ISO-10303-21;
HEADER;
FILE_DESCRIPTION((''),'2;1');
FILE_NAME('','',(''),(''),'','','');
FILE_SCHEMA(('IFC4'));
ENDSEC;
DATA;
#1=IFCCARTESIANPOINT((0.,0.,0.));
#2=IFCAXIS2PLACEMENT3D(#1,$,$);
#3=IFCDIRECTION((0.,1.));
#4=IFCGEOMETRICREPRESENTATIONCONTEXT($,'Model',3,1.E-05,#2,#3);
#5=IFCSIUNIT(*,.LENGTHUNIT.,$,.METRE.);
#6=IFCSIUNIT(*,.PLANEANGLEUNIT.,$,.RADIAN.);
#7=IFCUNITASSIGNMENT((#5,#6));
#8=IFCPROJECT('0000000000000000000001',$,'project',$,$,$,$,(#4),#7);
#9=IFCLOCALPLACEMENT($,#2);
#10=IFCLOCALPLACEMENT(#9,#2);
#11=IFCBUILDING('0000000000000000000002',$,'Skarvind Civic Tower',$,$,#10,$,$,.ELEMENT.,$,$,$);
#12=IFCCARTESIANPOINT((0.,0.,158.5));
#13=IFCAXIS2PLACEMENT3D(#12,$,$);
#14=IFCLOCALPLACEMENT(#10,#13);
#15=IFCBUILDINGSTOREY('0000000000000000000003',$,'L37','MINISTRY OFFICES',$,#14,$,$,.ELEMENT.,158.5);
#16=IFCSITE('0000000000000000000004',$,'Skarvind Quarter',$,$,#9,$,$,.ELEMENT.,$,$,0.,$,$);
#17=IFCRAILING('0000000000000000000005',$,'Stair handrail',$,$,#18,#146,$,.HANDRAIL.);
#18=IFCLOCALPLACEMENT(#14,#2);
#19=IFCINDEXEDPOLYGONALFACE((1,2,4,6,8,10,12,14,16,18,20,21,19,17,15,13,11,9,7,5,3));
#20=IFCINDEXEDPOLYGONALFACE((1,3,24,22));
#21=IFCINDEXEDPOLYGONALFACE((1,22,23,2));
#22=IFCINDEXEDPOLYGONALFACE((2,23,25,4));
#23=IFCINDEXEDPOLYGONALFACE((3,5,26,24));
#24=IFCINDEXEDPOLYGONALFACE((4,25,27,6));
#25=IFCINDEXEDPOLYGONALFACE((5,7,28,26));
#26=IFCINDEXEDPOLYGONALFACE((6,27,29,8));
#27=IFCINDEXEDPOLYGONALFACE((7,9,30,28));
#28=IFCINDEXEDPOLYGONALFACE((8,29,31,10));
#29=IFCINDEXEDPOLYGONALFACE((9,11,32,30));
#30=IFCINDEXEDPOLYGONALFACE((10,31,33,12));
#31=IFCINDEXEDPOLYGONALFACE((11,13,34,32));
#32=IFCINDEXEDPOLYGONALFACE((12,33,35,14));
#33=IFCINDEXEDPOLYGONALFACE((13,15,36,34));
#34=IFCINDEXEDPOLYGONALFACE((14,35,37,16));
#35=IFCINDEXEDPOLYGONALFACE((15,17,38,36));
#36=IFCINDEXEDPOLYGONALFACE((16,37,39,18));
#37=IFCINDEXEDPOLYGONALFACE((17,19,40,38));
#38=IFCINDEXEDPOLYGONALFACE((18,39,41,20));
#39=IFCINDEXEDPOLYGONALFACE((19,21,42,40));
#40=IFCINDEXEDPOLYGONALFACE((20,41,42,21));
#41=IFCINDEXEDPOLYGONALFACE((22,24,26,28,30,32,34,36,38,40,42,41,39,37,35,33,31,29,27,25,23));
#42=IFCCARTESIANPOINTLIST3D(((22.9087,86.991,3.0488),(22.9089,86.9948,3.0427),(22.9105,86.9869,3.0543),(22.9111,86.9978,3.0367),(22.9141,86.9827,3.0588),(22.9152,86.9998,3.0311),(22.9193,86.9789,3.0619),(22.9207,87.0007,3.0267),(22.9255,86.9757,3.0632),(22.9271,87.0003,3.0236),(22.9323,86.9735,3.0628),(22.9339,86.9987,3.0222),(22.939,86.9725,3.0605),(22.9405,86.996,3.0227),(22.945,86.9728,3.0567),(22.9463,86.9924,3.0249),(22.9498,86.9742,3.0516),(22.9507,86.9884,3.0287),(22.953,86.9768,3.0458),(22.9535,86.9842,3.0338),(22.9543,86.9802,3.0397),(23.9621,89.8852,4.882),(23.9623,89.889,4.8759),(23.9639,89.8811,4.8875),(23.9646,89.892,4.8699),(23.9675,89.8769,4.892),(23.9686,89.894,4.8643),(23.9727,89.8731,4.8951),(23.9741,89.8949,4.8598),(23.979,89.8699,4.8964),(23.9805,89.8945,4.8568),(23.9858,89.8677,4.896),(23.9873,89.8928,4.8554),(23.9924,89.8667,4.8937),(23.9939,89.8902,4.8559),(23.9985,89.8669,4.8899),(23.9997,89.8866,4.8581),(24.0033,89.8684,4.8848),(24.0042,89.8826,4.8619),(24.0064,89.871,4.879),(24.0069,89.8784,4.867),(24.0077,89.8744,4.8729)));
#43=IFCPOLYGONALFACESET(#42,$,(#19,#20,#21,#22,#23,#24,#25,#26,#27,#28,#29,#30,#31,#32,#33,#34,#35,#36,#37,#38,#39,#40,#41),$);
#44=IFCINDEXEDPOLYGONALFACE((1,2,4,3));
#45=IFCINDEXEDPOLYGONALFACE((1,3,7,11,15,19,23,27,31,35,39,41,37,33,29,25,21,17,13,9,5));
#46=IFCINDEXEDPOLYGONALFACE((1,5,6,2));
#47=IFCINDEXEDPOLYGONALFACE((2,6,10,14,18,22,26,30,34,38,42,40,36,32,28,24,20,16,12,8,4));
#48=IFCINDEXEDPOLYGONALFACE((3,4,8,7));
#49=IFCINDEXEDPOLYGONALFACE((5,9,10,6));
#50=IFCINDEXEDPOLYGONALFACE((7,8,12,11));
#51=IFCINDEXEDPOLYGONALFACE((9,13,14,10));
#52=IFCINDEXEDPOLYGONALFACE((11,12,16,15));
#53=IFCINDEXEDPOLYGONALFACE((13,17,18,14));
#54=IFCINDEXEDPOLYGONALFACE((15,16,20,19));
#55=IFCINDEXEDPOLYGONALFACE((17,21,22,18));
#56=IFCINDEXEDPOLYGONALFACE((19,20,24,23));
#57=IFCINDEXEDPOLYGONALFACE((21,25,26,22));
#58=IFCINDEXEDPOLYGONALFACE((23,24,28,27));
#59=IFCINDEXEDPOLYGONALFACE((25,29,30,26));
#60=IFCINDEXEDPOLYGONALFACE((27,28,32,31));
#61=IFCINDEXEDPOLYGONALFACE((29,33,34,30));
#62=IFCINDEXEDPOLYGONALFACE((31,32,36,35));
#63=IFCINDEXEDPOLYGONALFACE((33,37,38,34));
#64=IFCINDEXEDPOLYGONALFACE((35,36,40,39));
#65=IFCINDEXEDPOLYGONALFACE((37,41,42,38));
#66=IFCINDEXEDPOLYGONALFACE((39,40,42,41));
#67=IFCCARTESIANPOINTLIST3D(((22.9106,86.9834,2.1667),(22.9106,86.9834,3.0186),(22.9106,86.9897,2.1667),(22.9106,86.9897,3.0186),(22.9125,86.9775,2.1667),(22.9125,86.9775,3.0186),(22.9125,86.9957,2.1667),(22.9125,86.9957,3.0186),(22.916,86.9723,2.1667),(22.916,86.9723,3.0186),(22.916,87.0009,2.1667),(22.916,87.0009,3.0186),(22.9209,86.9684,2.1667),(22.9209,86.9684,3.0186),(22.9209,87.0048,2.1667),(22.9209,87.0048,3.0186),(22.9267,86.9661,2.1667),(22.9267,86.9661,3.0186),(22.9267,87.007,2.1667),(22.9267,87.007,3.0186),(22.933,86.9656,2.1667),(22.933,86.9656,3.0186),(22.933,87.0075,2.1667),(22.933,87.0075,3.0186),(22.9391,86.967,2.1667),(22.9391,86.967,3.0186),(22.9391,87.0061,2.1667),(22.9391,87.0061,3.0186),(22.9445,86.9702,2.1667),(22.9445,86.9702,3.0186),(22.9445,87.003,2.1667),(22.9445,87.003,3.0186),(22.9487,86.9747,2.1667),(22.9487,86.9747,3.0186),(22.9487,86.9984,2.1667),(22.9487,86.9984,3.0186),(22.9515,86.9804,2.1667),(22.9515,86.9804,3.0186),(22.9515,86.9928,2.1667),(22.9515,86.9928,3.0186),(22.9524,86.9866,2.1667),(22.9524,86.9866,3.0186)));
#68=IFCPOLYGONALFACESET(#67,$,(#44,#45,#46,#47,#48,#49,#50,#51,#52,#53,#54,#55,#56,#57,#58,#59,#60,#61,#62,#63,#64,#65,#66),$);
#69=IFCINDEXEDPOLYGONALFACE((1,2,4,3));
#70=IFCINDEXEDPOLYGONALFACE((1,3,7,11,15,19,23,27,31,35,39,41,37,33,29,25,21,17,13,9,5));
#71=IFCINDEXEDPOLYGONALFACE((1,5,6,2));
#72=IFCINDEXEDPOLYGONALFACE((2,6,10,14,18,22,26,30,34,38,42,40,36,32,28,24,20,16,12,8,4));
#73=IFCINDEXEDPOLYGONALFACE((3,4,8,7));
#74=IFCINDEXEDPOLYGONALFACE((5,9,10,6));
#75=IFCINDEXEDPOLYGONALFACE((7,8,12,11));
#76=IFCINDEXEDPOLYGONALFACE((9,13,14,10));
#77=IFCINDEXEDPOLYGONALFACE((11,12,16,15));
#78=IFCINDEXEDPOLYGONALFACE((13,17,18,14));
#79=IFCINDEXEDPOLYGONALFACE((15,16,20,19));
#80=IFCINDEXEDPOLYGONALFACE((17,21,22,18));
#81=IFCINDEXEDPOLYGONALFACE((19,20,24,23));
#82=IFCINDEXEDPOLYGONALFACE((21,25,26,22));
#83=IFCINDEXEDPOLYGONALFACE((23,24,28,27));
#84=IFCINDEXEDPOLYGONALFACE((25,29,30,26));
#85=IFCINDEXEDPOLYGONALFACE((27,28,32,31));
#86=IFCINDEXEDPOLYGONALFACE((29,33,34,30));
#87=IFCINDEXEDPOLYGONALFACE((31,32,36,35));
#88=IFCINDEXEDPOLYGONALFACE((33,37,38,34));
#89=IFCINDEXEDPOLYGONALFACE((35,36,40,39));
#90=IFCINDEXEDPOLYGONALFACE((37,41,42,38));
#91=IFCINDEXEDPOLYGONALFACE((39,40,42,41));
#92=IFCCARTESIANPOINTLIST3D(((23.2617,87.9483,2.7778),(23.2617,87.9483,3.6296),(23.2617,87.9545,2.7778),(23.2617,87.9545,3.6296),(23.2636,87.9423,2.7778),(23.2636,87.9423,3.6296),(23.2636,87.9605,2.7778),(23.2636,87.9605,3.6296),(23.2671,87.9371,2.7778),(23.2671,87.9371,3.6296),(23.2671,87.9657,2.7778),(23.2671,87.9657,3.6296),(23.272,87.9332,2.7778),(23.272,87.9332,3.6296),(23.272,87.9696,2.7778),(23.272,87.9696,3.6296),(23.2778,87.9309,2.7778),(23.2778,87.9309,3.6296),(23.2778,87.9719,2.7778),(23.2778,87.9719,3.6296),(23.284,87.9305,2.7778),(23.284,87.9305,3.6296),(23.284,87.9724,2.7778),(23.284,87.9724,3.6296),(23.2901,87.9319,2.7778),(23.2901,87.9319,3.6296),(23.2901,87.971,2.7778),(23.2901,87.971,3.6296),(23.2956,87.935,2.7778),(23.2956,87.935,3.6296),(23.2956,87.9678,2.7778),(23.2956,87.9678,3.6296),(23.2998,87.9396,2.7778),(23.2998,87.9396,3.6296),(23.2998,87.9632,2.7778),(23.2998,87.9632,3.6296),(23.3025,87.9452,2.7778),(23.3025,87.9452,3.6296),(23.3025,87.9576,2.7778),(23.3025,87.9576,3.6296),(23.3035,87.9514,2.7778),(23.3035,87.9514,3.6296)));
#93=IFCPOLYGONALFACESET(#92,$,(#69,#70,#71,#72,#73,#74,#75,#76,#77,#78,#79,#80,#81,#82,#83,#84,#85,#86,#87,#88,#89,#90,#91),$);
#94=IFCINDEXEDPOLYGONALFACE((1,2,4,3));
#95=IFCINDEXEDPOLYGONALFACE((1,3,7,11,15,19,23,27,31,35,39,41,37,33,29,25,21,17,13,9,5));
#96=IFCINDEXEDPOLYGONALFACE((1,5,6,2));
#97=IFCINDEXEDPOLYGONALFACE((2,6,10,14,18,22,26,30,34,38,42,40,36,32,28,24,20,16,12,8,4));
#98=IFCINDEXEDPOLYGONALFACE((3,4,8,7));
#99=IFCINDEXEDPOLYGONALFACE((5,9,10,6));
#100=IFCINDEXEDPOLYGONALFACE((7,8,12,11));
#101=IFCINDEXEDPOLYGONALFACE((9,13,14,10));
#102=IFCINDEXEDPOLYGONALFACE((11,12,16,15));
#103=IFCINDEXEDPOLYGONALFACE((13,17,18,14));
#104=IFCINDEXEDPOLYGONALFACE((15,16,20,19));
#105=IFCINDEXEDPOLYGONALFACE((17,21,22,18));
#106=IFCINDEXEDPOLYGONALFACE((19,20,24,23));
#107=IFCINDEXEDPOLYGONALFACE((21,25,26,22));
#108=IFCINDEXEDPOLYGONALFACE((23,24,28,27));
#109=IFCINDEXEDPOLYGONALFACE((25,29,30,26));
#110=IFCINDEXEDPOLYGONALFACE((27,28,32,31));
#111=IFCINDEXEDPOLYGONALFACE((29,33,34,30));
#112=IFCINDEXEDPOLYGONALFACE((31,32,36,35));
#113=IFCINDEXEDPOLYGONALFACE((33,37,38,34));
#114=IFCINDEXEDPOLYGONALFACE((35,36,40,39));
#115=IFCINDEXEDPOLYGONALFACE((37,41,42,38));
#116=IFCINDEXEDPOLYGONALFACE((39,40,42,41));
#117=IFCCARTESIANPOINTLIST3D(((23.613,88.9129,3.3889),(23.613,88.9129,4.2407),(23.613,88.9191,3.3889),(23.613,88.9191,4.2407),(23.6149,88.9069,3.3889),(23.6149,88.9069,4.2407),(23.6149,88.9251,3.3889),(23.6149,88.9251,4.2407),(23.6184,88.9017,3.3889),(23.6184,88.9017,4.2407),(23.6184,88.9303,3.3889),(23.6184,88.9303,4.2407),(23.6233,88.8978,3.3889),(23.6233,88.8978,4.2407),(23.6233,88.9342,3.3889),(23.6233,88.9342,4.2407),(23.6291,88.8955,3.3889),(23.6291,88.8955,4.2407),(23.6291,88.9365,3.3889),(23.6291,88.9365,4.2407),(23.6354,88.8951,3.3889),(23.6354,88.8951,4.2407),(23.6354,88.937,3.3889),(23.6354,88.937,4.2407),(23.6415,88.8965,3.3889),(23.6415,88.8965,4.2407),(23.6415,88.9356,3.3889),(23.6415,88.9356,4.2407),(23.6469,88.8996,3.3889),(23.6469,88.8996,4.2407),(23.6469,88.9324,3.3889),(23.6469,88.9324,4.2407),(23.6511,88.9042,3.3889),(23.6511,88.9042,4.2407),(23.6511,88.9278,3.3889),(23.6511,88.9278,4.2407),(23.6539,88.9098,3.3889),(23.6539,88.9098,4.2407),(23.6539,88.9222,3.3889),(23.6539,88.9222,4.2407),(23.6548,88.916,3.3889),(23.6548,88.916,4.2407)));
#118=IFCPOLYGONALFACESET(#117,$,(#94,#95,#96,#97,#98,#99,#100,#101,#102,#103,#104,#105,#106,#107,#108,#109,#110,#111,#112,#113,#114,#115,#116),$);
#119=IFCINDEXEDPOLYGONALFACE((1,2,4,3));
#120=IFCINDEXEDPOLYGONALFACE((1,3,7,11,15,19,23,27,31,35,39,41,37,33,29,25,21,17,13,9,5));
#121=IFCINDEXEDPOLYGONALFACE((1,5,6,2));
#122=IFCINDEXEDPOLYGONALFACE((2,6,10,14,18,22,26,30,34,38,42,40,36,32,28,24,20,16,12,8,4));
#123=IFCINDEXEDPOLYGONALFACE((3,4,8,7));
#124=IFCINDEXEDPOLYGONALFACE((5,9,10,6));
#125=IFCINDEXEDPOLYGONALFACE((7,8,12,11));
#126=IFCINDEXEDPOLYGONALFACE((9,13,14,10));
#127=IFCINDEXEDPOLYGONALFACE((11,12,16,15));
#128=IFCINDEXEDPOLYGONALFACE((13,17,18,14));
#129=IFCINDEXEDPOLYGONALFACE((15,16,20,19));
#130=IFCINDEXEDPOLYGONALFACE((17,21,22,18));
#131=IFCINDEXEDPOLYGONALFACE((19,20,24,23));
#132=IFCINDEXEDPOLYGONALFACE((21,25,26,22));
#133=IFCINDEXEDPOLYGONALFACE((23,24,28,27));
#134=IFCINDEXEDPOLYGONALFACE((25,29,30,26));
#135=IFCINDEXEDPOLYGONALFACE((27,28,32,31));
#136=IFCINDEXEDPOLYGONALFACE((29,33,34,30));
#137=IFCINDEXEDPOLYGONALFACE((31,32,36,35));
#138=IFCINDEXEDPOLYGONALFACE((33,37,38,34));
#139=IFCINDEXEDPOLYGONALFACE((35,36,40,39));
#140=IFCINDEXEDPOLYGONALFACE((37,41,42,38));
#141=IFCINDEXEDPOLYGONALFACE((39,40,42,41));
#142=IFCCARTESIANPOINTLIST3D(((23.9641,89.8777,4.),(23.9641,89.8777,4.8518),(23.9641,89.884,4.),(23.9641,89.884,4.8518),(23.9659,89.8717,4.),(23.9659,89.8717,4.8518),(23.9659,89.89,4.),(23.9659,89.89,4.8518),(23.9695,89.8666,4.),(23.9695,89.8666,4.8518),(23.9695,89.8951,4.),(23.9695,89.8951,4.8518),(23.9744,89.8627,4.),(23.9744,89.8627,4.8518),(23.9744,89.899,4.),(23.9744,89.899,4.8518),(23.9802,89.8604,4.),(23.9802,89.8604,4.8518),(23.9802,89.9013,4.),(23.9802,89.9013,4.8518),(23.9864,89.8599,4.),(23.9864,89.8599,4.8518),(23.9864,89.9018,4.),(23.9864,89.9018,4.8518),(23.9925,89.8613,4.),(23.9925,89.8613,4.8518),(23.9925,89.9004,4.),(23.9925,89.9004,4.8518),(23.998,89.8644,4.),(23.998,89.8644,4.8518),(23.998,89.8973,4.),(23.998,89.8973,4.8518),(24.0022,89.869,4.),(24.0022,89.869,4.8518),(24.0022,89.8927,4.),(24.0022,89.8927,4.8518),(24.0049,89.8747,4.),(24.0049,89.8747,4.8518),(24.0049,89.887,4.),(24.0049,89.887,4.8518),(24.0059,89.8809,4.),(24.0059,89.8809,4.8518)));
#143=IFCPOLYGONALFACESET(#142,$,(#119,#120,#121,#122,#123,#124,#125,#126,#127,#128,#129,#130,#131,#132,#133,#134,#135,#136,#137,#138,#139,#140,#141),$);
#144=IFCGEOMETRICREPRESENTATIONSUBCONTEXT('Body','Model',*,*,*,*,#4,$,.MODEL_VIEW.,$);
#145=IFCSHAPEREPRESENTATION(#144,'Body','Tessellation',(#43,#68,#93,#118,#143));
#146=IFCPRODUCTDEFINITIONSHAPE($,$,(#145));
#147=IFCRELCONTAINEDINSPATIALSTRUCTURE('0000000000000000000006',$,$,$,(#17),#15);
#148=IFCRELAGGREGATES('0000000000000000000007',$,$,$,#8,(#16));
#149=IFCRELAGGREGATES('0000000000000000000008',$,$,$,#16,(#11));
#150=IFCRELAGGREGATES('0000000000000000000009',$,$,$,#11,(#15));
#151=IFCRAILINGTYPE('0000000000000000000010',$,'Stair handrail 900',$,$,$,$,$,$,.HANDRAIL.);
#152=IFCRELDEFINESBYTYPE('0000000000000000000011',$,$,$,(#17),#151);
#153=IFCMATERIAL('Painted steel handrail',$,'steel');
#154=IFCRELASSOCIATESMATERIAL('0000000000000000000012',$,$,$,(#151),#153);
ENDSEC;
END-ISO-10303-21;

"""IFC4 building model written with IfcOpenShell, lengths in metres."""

from ifc_helpers import new_model, si_unit, direction, frame, origin, origin_2d, place, context, subcontext, project, spatial, circle, extrude, material, type_object, element, save


model = new_model("IFC4")

# Units and contexts
model_context = context("Model", 3, precision=1e-05, world=origin(), true_north=direction((0.0, 1.0)))
body_context = subcontext(model_context, "Body", "Model", "MODEL_VIEW")
ifc_project = project(units=[si_unit("LENGTHUNIT", "METRE"), si_unit("PLANEANGLEUNIT", "RADIAN")], contexts=[model_context])

# Site, building, storey
site_placement = place(None, origin())
site = spatial("IfcSite", under=ifc_project, at=site_placement, Name="Skarvind Quarter", CompositionType="ELEMENT", RefElevation=0.0)
building_placement = place(site_placement, origin())
building = spatial("IfcBuilding", under=site, at=building_placement, Name="Skarvind Civic Tower", CompositionType="ELEMENT")
storey_placement = place(building_placement, frame((0.0, 0.0, 158.5)))
storey = spatial("IfcBuildingStorey", under=building, at=storey_placement, Name="L37", Description="MINISTRY OFFICES", CompositionType="ELEMENT", Elevation=158.5)

# Railing
ifc_material_1 = material(Name="Painted steel handrail", Category="steel")
railing_type = type_object("IfcRailingType", Name="Stair handrail 900", PredefinedType="HANDRAIL", material=ifc_material_1)
railing_1_placement = place(storey_placement, frame((22.9314, 86.9866, 2.1667)))
element("IfcRailing", 1, at=railing_1_placement, inside=storey, type_object=railing_type, Name="Stair handrail", PredefinedType="HANDRAIL", context=body_context, shape_type="SweptSolid", body=[
    extrude(circle(Radius=0.0239, at=origin_2d()), frame((0.0, 0.0, 0.876), z_axis=(0.293908, 0.807481, 0.511461), x_axis=(-0.939689, 0.342029, 0.0)), (0.0, 0.0, 1.0), 3.5842),
    extrude(circle(Radius=0.021, at=origin_2d()), origin(), (0.0, 0.0, 1.0), 0.8518),
    extrude(circle(Radius=0.021, at=origin_2d()), frame((0.3511, 0.9648, 0.6111)), (0.0, 0.0, 1.0), 0.8518),
    extrude(circle(Radius=0.021, at=origin_2d()), frame((0.7024, 1.9294, 1.2222)), (0.0, 0.0, 1.0), 0.8518),
    extrude(circle(Radius=0.021, at=origin_2d()), frame((1.0535, 2.8943, 1.8333)), (0.0, 0.0, 1.0), 0.8518),
])

save(model, "model.ifc")
